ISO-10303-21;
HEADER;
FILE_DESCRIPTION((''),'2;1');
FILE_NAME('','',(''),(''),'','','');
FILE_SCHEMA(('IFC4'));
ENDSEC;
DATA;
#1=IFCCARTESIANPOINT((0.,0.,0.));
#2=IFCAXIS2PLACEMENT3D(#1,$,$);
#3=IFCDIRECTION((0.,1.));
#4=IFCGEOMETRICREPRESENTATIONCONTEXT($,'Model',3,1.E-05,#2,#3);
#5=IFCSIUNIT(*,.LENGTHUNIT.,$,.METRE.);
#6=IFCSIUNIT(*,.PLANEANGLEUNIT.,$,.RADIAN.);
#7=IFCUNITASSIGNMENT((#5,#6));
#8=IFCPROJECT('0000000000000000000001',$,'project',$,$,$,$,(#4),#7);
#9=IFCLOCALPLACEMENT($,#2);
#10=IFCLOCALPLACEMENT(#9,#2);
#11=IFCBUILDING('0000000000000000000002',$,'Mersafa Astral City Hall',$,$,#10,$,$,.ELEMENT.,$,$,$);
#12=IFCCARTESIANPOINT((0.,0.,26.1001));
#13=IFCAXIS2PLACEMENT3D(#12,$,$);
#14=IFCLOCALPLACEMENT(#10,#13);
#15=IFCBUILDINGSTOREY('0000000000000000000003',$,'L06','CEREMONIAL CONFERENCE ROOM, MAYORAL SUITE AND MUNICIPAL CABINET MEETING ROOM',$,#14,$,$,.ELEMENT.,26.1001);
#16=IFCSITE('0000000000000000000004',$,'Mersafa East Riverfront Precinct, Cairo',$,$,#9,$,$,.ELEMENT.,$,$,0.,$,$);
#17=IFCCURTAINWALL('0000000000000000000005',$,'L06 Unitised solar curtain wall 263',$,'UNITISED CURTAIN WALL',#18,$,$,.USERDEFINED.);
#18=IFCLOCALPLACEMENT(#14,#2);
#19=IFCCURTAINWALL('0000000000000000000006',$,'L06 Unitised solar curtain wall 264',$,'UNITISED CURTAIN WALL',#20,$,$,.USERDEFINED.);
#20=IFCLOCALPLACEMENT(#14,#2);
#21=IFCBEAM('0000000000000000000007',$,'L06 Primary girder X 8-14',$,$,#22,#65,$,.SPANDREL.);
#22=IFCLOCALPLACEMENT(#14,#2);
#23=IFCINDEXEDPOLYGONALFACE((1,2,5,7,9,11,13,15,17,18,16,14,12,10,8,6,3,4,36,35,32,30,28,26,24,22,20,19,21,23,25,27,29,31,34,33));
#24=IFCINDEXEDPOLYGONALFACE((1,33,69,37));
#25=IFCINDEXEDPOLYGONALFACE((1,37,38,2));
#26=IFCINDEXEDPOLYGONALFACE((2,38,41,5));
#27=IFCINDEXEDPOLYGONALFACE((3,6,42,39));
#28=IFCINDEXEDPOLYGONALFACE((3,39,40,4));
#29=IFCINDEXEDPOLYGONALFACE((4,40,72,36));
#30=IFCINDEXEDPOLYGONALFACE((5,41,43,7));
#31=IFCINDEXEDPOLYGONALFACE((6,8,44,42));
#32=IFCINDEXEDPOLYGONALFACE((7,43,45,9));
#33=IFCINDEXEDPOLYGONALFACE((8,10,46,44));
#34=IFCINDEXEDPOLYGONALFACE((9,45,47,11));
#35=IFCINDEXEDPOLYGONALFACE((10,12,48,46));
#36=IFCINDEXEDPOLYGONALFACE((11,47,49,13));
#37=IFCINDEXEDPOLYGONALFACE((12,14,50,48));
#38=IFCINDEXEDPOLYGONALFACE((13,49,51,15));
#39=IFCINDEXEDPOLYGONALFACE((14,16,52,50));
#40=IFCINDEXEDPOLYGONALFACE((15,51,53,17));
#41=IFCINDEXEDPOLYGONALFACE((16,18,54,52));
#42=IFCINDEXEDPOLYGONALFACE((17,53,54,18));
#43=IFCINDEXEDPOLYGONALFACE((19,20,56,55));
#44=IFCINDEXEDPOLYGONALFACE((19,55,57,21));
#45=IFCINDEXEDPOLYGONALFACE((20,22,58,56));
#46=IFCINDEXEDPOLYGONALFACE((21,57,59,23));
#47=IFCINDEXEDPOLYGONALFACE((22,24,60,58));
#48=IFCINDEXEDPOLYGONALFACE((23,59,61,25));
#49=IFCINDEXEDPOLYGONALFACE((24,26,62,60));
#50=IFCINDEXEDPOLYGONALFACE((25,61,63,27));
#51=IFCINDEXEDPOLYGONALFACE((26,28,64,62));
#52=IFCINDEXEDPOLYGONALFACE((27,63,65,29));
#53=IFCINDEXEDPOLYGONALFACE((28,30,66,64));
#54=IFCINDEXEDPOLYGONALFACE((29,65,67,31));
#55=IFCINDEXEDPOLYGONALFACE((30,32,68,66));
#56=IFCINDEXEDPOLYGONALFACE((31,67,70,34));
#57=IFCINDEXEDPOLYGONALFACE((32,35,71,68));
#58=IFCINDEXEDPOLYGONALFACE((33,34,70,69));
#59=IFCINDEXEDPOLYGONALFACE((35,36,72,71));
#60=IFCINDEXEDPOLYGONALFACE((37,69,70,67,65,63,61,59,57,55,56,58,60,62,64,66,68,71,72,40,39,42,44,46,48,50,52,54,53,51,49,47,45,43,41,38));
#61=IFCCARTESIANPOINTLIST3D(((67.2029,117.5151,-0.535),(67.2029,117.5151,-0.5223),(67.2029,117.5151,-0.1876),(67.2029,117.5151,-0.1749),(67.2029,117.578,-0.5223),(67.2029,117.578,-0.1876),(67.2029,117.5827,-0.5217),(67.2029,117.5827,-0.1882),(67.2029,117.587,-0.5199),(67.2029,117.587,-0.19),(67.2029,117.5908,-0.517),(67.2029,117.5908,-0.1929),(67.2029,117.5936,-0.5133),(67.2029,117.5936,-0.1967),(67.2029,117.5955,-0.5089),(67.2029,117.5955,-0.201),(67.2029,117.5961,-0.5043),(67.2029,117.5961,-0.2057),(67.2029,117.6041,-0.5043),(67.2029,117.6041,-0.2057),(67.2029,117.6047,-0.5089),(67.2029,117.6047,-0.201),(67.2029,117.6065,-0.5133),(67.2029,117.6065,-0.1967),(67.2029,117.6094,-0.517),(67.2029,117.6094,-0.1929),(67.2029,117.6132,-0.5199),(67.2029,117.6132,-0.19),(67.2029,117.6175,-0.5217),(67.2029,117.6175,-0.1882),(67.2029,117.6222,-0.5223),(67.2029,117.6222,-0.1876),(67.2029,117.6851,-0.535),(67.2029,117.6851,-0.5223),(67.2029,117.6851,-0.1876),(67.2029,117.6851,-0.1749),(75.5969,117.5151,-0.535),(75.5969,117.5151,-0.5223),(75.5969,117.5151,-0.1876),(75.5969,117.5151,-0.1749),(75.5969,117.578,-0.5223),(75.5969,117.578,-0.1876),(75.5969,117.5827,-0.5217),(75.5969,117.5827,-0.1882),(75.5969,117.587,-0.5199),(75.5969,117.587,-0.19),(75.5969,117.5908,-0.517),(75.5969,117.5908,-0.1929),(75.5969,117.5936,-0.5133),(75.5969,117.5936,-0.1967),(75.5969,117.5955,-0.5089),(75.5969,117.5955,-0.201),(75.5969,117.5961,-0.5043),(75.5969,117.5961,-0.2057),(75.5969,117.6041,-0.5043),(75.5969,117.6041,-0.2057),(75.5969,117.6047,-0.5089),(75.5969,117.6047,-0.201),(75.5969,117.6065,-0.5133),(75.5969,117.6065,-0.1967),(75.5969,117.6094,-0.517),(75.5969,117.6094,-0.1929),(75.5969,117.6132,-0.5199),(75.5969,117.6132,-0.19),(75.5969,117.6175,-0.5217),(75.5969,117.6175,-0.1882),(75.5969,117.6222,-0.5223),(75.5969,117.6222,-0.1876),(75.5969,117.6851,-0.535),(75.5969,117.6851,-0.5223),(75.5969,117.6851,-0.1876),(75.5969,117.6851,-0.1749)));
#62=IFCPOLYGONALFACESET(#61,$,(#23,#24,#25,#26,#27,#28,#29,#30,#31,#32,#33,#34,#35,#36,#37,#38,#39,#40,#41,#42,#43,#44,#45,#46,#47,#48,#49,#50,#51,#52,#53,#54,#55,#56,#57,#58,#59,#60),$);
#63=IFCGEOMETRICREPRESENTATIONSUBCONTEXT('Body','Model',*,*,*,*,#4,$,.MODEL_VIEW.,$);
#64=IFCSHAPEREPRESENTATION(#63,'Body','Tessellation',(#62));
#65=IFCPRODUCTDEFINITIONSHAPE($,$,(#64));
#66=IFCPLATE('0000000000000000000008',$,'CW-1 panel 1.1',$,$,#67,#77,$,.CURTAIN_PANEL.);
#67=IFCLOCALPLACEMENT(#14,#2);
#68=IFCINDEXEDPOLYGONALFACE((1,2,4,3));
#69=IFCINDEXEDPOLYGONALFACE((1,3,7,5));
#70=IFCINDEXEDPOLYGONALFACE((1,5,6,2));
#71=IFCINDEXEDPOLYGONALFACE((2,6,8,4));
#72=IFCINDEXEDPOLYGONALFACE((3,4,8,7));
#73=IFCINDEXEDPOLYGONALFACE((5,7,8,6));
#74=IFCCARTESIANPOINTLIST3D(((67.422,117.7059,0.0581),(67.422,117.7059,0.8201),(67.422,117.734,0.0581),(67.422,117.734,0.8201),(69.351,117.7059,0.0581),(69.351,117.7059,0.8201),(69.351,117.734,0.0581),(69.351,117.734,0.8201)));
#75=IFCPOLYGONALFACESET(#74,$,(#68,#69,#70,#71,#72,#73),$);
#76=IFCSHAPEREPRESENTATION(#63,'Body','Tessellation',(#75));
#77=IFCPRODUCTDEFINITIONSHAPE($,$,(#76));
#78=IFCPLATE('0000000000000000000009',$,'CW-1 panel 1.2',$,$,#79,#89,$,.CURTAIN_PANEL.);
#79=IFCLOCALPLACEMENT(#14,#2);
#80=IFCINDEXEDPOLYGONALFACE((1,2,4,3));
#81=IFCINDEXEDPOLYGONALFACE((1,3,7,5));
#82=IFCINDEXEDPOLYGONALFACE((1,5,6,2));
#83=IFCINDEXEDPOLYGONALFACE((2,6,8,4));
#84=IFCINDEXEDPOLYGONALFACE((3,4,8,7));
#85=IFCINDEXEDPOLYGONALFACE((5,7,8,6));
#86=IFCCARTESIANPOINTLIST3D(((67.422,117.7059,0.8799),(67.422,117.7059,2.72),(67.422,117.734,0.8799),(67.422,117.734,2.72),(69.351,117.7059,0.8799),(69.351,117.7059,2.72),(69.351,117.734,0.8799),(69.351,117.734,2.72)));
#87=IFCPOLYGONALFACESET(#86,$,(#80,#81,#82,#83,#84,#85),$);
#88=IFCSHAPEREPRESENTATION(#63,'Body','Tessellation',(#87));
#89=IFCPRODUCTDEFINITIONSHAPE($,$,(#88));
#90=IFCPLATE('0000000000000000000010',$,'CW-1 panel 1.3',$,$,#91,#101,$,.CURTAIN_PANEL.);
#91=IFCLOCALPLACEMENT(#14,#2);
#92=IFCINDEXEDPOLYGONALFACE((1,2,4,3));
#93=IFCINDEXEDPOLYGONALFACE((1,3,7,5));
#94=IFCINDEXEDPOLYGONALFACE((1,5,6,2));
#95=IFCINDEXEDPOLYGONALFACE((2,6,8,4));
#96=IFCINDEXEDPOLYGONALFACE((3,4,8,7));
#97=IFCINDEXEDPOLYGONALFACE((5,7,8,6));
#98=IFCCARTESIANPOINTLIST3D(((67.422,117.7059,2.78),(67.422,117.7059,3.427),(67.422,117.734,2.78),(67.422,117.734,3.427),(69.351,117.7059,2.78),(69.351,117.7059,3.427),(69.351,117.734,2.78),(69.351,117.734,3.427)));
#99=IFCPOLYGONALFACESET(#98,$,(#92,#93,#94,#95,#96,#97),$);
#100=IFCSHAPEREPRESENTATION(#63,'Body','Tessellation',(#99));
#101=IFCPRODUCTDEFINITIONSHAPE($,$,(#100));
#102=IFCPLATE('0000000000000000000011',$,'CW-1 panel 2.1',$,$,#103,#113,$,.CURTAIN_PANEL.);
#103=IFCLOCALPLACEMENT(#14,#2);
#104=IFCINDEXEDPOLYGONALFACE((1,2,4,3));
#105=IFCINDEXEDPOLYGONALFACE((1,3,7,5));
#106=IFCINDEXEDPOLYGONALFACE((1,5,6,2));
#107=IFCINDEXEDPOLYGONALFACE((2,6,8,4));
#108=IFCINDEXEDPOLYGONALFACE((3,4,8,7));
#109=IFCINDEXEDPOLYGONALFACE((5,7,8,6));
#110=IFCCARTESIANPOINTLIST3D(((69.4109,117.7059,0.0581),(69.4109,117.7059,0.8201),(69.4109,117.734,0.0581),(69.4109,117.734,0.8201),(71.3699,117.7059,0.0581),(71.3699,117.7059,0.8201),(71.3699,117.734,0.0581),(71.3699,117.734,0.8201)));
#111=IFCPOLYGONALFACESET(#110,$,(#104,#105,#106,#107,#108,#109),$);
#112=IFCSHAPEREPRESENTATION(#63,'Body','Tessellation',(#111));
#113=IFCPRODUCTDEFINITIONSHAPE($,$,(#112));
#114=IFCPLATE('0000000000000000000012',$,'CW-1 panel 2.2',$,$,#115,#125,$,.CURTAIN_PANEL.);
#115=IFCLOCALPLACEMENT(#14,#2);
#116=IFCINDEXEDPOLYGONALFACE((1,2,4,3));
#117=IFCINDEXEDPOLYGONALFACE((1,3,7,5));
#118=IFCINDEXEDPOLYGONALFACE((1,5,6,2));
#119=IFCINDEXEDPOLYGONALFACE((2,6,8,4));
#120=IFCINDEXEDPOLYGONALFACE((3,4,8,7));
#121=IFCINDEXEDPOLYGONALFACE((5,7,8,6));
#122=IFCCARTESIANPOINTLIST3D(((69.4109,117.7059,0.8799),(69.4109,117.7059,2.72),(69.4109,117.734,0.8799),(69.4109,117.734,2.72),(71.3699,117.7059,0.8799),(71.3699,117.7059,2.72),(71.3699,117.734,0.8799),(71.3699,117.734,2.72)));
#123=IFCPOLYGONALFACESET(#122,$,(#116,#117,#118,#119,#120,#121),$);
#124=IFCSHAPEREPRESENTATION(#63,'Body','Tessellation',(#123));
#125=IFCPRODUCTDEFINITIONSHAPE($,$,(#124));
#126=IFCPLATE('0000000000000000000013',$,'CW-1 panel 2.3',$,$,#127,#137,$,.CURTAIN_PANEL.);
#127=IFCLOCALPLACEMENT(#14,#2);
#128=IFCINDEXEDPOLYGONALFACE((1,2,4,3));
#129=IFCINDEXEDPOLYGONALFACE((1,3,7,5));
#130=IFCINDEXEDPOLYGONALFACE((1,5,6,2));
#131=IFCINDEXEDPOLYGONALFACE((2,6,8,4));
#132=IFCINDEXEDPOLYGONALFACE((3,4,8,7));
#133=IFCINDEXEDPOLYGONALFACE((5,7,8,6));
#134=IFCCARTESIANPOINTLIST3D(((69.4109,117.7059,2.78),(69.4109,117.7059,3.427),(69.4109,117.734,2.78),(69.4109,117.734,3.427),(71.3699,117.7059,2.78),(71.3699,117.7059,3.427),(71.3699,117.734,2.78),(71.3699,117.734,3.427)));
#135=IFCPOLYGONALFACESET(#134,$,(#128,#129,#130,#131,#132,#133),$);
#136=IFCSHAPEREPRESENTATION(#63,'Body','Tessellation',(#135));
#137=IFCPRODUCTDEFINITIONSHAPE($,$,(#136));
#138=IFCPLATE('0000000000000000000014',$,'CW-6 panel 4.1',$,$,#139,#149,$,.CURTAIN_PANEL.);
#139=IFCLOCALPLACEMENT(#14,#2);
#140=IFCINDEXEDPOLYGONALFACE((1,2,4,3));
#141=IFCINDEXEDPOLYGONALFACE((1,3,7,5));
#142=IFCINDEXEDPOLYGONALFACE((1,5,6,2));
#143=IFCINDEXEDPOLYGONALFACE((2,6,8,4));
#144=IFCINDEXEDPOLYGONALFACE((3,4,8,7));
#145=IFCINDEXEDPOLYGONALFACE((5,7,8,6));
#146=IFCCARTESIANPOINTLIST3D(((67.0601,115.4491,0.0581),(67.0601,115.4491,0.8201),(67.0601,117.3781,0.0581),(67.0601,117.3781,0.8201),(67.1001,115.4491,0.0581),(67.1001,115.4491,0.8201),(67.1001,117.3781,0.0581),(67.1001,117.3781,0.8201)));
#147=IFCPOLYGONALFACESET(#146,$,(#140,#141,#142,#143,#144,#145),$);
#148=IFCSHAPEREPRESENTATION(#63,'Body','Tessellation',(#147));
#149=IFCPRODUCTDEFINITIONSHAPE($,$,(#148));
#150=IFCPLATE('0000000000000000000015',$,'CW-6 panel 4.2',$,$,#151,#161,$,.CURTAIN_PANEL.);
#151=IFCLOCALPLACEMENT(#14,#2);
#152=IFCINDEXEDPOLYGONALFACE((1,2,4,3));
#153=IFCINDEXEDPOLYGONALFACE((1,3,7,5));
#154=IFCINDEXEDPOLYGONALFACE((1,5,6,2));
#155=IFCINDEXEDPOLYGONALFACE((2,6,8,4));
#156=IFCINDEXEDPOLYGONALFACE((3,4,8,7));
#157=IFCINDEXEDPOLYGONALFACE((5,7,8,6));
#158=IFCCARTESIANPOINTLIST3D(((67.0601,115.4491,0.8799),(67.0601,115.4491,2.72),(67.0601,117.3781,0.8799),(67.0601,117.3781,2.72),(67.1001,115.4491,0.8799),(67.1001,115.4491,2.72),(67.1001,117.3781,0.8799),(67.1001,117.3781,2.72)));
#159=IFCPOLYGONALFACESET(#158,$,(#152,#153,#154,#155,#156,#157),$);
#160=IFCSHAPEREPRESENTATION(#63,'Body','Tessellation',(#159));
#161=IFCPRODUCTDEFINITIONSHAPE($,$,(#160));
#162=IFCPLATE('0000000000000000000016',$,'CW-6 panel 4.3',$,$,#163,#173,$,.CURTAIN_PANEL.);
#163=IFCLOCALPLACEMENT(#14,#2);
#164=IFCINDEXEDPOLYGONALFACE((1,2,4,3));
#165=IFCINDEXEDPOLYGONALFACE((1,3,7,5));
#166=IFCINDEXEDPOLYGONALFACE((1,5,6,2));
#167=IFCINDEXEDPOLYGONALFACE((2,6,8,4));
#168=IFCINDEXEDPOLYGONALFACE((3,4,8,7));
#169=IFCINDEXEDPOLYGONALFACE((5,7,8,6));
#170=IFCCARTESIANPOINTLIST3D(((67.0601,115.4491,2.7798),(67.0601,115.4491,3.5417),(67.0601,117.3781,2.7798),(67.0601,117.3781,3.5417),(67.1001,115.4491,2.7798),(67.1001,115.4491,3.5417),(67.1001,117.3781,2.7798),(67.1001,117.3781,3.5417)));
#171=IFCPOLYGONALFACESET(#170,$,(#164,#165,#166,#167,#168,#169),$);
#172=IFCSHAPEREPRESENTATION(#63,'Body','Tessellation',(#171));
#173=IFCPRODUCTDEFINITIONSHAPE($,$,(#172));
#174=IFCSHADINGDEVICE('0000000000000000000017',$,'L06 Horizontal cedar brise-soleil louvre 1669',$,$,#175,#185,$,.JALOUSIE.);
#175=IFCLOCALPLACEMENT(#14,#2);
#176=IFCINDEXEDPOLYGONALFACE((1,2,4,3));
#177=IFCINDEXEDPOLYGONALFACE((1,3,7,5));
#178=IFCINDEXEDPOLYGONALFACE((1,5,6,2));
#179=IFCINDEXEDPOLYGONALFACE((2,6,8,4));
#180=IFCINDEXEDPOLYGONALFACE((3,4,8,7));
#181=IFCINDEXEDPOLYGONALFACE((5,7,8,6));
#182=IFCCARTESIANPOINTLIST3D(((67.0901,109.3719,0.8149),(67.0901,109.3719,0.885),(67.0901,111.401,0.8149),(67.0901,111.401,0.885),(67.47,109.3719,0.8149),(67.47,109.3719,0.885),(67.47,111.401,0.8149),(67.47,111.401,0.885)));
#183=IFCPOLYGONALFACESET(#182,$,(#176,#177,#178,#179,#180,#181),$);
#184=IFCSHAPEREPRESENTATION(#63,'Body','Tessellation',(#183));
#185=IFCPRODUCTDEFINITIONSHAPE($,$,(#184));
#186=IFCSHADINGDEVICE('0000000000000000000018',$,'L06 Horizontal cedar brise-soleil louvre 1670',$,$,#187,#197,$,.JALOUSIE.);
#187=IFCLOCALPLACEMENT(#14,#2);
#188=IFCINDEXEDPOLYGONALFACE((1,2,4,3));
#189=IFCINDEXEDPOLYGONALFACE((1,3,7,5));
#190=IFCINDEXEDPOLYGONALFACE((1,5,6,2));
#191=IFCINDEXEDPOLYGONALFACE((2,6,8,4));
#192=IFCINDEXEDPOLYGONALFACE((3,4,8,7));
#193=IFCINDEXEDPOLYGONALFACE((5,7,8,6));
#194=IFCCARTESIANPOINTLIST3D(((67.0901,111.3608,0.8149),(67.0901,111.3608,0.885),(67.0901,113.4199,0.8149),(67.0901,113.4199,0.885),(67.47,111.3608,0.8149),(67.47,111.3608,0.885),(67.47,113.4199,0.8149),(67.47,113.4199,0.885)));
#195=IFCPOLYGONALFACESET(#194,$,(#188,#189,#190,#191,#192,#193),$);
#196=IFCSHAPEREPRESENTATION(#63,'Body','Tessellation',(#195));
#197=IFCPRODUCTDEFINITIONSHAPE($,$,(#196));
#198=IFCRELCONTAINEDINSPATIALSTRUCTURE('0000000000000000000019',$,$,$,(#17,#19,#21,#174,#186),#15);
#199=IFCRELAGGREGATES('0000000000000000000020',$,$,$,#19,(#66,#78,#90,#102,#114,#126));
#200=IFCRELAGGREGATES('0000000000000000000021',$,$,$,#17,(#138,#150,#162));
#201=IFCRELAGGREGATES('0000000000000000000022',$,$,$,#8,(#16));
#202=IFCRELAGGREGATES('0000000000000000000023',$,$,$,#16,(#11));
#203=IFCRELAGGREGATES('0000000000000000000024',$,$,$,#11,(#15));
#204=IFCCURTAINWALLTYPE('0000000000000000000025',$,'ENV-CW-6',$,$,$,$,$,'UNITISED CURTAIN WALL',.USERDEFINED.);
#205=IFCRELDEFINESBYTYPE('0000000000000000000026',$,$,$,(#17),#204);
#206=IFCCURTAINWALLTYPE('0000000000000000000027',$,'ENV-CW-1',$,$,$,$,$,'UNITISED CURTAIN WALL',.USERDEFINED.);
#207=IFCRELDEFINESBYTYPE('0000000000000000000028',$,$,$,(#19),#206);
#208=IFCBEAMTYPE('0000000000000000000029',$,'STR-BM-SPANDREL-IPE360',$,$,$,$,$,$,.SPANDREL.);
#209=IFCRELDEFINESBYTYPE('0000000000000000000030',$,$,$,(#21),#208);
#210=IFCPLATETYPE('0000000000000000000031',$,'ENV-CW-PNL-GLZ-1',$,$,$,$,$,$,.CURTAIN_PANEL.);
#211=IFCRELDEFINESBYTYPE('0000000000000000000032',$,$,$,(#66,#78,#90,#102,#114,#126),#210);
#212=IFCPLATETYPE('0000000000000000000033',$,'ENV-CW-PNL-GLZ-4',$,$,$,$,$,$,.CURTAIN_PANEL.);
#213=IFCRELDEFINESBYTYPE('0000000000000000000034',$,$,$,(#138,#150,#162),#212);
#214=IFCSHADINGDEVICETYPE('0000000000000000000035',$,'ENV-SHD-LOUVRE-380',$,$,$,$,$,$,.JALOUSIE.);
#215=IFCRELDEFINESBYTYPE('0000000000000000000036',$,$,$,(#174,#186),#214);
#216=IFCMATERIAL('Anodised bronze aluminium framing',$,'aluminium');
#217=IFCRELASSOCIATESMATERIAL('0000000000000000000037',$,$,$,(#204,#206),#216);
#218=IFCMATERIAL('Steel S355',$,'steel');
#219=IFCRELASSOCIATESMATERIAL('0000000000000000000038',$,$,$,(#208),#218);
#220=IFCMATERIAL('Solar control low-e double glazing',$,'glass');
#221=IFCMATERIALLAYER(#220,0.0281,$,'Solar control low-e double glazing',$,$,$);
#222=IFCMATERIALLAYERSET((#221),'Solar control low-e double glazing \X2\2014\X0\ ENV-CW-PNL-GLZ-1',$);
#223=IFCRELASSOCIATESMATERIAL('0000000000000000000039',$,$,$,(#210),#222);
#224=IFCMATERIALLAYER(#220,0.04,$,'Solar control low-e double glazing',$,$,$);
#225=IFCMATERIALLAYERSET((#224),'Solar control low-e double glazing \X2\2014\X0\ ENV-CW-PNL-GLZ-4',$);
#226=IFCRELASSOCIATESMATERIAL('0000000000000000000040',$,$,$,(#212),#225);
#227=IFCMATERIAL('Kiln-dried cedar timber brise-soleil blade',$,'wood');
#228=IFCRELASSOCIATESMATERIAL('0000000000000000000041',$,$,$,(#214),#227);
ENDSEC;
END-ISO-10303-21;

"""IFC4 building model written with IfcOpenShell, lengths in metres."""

from ifc_helpers import new_model, si_unit, direction, frame, origin, origin_2d, place, context, subcontext, project, spatial, rectangle, i_section, extrude, material, layer, layer_set, material_profile, profile_set, type_object, element, aggregate, save


model = new_model("IFC4")

# Units and contexts
model_context = context("Model", 3, precision=1e-05, world=origin(), true_north=direction((0.0, 1.0)))
body_context = subcontext(model_context, "Body", "Model", "MODEL_VIEW")
ifc_project = project(units=[si_unit("LENGTHUNIT", "METRE"), si_unit("PLANEANGLEUNIT", "RADIAN")], contexts=[model_context])

# Site, building, storey
site_placement = place(None, origin())
site = spatial("IfcSite", under=ifc_project, at=site_placement, Name="Mersafa East Riverfront Precinct, Cairo", CompositionType="ELEMENT", RefElevation=0.0)
building_placement = place(site_placement, origin())
building = spatial("IfcBuilding", under=site, at=building_placement, Name="Mersafa Astral City Hall", CompositionType="ELEMENT")
storey_placement = place(building_placement, frame((0.0, 0.0, 26.1001)))
storey = spatial("IfcBuildingStorey", under=building, at=storey_placement, Name="L06", Description="CEREMONIAL CONFERENCE ROOM, MAYORAL SUITE AND MUNICIPAL CABINET MEETING ROOM", CompositionType="ELEMENT", Elevation=26.1001)

# Shared definitions
ifc_material_1 = material(Name="Steel S355", Category="steel")

# Curtain wall
ifc_material_2 = material(Name="Anodised bronze aluminium framing", Category="aluminium")
curtain_wall_type_1 = type_object("IfcCurtainWallType", Name="ENV-CW-6", ElementType="UNITISED CURTAIN WALL", PredefinedType="USERDEFINED", material=ifc_material_2)
curtain_wall_1_placement = place(storey_placement, origin())
curtain_wall_1 = element("IfcCurtainWall", 1, at=curtain_wall_1_placement, inside=storey, type_object=curtain_wall_type_1, Name="L06 Unitised solar curtain wall 263", ObjectType="UNITISED CURTAIN WALL", PredefinedType="USERDEFINED")

# Curtain wall
curtain_wall_type_2 = type_object("IfcCurtainWallType", Name="ENV-CW-1", ElementType="UNITISED CURTAIN WALL", PredefinedType="USERDEFINED", material=ifc_material_2)
curtain_wall_2_placement = place(storey_placement, origin())
curtain_wall_2 = element("IfcCurtainWall", 2, at=curtain_wall_2_placement, inside=storey, type_object=curtain_wall_type_2, Name="L06 Unitised solar curtain wall 264", ObjectType="UNITISED CURTAIN WALL", PredefinedType="USERDEFINED")

# Beam
ifc_material_profile_1 = material_profile(ifc_material_1, i_section(OverallWidth=0.1699, OverallDepth=0.3601, WebThickness=0.0081, FlangeThickness=0.0127, FilletRadius=0.0181, at=origin_2d()), Name="IPE 360")
ifc_profile_set_1 = profile_set([ifc_material_profile_1], Name="Steel S355")
beam_type_1 = type_object("IfcBeamType", Name="STR-BM-SPANDREL-IPE360", PredefinedType="SPANDREL", material=ifc_profile_set_1)
beam_1_placement = place(storey_placement, frame((67.2029, 117.6001, -0.355), z_axis=(1.0, 0.0, 0.0), x_axis=(0.0, 1.0, 0.0)))
element("IfcBeam", 3, at=beam_1_placement, inside=storey, type_object=beam_type_1, Name="L06 Primary girder X 8-14", PredefinedType="SPANDREL", context=body_context, shape_type="SweptSolid", body=[
    extrude(i_section(OverallWidth=0.1699, OverallDepth=0.3601, WebThickness=0.0081, FlangeThickness=0.0127, FilletRadius=0.0181, at=origin_2d()), origin(), (0.0, 0.0, 1.0), 8.394),
])

# Plates
ifc_material_3 = material(Name="Solar control low-e double glazing", Category="glass")
ifc_layer_1 = layer(ifc_material_3, 0.0281, Name="Solar control low-e double glazing")
ifc_layer_set_1 = layer_set([ifc_layer_1], Name="Solar control low-e double glazing — ENV-CW-PNL-GLZ-1")
plate_type_1 = type_object("IfcPlateType", Name="ENV-CW-PNL-GLZ-1", PredefinedType="CURTAIN_PANEL", material=ifc_layer_set_1)
plate_1_placement = place(storey_placement, frame((68.3865, 117.72, 0.0581), z_axis=(0.0, 0.0, 1.0), x_axis=(1.0, 0.0, 0.0)))
plate_1 = element("IfcPlate", 4, at=plate_1_placement, type_object=plate_type_1, Name="CW-1 panel 1.1", PredefinedType="CURTAIN_PANEL", context=body_context, shape_type="SweptSolid", body=[
    extrude(rectangle(XDim=1.929, YDim=0.0281, at=origin_2d()), origin(), (0.0, 0.0, 1.0), 0.762),
])
plate_2_placement = place(storey_placement, frame((68.3865, 117.72, 0.8799), z_axis=(0.0, 0.0, 1.0), x_axis=(1.0, 0.0, 0.0)))
plate_2 = element("IfcPlate", 5, at=plate_2_placement, type_object=plate_type_1, Name="CW-1 panel 1.2", PredefinedType="CURTAIN_PANEL", context=body_context, shape_type="SweptSolid", body=[
    extrude(rectangle(XDim=1.929, YDim=0.0281, at=origin_2d()), origin(), (0.0, 0.0, 1.0), 1.8401),
])
plate_3_placement = place(storey_placement, frame((68.3865, 117.72, 2.78), z_axis=(0.0, 0.0, 1.0), x_axis=(1.0, 0.0, 0.0)))
plate_3 = element("IfcPlate", 6, at=plate_3_placement, type_object=plate_type_1, Name="CW-1 panel 1.3", PredefinedType="CURTAIN_PANEL", context=body_context, shape_type="SweptSolid", body=[
    extrude(rectangle(XDim=1.929, YDim=0.0281, at=origin_2d()), origin(), (0.0, 0.0, 1.0), 0.647),
])
plate_4_placement = place(storey_placement, frame((70.3904, 117.72, 0.0581), z_axis=(0.0, 0.0, 1.0), x_axis=(1.0, 0.0, 0.0)))
plate_4 = element("IfcPlate", 7, at=plate_4_placement, type_object=plate_type_1, Name="CW-1 panel 2.1", PredefinedType="CURTAIN_PANEL", context=body_context, shape_type="SweptSolid", body=[
    extrude(rectangle(XDim=1.959, YDim=0.0281, at=origin_2d()), origin(), (0.0, 0.0, 1.0), 0.762),
])
plate_5_placement = place(storey_placement, frame((70.3904, 117.72, 0.8799), z_axis=(0.0, 0.0, 1.0), x_axis=(1.0, 0.0, 0.0)))
plate_5 = element("IfcPlate", 8, at=plate_5_placement, type_object=plate_type_1, Name="CW-1 panel 2.2", PredefinedType="CURTAIN_PANEL", context=body_context, shape_type="SweptSolid", body=[
    extrude(rectangle(XDim=1.959, YDim=0.0281, at=origin_2d()), origin(), (0.0, 0.0, 1.0), 1.8401),
])
plate_6_placement = place(storey_placement, frame((70.3904, 117.72, 2.78), z_axis=(0.0, 0.0, 1.0), x_axis=(1.0, 0.0, 0.0)))
plate_6 = element("IfcPlate", 9, at=plate_6_placement, type_object=plate_type_1, Name="CW-1 panel 2.3", PredefinedType="CURTAIN_PANEL", context=body_context, shape_type="SweptSolid", body=[
    extrude(rectangle(XDim=1.959, YDim=0.0281, at=origin_2d()), origin(), (0.0, 0.0, 1.0), 0.647),
])
aggregate(curtain_wall_2, [plate_1, plate_2, plate_3, plate_4, plate_5, plate_6])
ifc_layer_2 = layer(ifc_material_3, 0.04, Name="Solar control low-e double glazing")
ifc_layer_set_2 = layer_set([ifc_layer_2], Name="Solar control low-e double glazing — ENV-CW-PNL-GLZ-4")
plate_type_2 = type_object("IfcPlateType", Name="ENV-CW-PNL-GLZ-4", PredefinedType="CURTAIN_PANEL", material=ifc_layer_set_2)
plate_7_placement = place(storey_placement, frame((67.0801, 116.4136, 0.0581), z_axis=(0.0, 0.0, 1.0), x_axis=(0.0, 1.0, 0.0)))
plate_7 = element("IfcPlate", 10, at=plate_7_placement, type_object=plate_type_2, Name="CW-6 panel 4.1", PredefinedType="CURTAIN_PANEL", context=body_context, shape_type="SweptSolid", body=[
    extrude(rectangle(XDim=1.929, YDim=0.04, at=origin_2d()), origin(), (0.0, 0.0, 1.0), 0.762),
])
plate_8_placement = place(storey_placement, frame((67.0801, 116.4136, 0.8799), z_axis=(0.0, 0.0, 1.0), x_axis=(0.0, 1.0, 0.0)))
plate_8 = element("IfcPlate", 11, at=plate_8_placement, type_object=plate_type_2, Name="CW-6 panel 4.2", PredefinedType="CURTAIN_PANEL", context=body_context, shape_type="SweptSolid", body=[
    extrude(rectangle(XDim=1.929, YDim=0.04, at=origin_2d()), origin(), (0.0, 0.0, 1.0), 1.8401),
])
plate_9_placement = place(storey_placement, frame((67.0801, 116.4136, 2.7798), z_axis=(0.0, 0.0, 1.0), x_axis=(0.0, 1.0, 0.0)))
plate_9 = element("IfcPlate", 12, at=plate_9_placement, type_object=plate_type_2, Name="CW-6 panel 4.3", PredefinedType="CURTAIN_PANEL", context=body_context, shape_type="SweptSolid", body=[
    extrude(rectangle(XDim=1.929, YDim=0.04, at=origin_2d()), origin(), (0.0, 0.0, 1.0), 0.762),
])
aggregate(curtain_wall_1, [plate_7, plate_8, plate_9])

# Shading devices
ifc_material_4 = material(Name="Kiln-dried cedar timber brise-soleil blade", Category="wood")
shading_device_type_1 = type_object("IfcShadingDeviceType", Name="ENV-SHD-LOUVRE-380", PredefinedType="JALOUSIE", material=ifc_material_4)
shading_device_1_placement = place(storey_placement, frame((67.28, 110.3865, 0.8149), z_axis=(0.0, 0.0, 1.0), x_axis=(0.0, 1.0, 0.0)))
element("IfcShadingDevice", 13, at=shading_device_1_placement, inside=storey, type_object=shading_device_type_1, Name="L06 Horizontal cedar brise-soleil louvre 1669", PredefinedType="JALOUSIE", context=body_context, shape_type="SweptSolid", body=[
    extrude(rectangle(XDim=2.0291, YDim=0.3799, at=origin_2d()), origin(), (0.0, 0.0, 1.0), 0.0701),
])
for number, where, z_axis, x_axis, name in (
    (14, (67.28, 112.3904, 0.8149), (0.0, 0.0, 1.0), (0.0, 1.0, 0.0), "L06 Horizontal cedar brise-soleil louvre 1670"),
):
    element("IfcShadingDevice", number, at=place(storey_placement, frame(where, z_axis=z_axis, x_axis=x_axis)), inside=storey, type_object=shading_device_type_1, Name=name, PredefinedType="JALOUSIE", context=body_context, shape_type="SweptSolid", body=[
        extrude(rectangle(XDim=2.0591, YDim=0.3799, at=origin_2d()), origin(), (0.0, 0.0, 1.0), 0.0701),
    ])

save(model, "model.ifc")
